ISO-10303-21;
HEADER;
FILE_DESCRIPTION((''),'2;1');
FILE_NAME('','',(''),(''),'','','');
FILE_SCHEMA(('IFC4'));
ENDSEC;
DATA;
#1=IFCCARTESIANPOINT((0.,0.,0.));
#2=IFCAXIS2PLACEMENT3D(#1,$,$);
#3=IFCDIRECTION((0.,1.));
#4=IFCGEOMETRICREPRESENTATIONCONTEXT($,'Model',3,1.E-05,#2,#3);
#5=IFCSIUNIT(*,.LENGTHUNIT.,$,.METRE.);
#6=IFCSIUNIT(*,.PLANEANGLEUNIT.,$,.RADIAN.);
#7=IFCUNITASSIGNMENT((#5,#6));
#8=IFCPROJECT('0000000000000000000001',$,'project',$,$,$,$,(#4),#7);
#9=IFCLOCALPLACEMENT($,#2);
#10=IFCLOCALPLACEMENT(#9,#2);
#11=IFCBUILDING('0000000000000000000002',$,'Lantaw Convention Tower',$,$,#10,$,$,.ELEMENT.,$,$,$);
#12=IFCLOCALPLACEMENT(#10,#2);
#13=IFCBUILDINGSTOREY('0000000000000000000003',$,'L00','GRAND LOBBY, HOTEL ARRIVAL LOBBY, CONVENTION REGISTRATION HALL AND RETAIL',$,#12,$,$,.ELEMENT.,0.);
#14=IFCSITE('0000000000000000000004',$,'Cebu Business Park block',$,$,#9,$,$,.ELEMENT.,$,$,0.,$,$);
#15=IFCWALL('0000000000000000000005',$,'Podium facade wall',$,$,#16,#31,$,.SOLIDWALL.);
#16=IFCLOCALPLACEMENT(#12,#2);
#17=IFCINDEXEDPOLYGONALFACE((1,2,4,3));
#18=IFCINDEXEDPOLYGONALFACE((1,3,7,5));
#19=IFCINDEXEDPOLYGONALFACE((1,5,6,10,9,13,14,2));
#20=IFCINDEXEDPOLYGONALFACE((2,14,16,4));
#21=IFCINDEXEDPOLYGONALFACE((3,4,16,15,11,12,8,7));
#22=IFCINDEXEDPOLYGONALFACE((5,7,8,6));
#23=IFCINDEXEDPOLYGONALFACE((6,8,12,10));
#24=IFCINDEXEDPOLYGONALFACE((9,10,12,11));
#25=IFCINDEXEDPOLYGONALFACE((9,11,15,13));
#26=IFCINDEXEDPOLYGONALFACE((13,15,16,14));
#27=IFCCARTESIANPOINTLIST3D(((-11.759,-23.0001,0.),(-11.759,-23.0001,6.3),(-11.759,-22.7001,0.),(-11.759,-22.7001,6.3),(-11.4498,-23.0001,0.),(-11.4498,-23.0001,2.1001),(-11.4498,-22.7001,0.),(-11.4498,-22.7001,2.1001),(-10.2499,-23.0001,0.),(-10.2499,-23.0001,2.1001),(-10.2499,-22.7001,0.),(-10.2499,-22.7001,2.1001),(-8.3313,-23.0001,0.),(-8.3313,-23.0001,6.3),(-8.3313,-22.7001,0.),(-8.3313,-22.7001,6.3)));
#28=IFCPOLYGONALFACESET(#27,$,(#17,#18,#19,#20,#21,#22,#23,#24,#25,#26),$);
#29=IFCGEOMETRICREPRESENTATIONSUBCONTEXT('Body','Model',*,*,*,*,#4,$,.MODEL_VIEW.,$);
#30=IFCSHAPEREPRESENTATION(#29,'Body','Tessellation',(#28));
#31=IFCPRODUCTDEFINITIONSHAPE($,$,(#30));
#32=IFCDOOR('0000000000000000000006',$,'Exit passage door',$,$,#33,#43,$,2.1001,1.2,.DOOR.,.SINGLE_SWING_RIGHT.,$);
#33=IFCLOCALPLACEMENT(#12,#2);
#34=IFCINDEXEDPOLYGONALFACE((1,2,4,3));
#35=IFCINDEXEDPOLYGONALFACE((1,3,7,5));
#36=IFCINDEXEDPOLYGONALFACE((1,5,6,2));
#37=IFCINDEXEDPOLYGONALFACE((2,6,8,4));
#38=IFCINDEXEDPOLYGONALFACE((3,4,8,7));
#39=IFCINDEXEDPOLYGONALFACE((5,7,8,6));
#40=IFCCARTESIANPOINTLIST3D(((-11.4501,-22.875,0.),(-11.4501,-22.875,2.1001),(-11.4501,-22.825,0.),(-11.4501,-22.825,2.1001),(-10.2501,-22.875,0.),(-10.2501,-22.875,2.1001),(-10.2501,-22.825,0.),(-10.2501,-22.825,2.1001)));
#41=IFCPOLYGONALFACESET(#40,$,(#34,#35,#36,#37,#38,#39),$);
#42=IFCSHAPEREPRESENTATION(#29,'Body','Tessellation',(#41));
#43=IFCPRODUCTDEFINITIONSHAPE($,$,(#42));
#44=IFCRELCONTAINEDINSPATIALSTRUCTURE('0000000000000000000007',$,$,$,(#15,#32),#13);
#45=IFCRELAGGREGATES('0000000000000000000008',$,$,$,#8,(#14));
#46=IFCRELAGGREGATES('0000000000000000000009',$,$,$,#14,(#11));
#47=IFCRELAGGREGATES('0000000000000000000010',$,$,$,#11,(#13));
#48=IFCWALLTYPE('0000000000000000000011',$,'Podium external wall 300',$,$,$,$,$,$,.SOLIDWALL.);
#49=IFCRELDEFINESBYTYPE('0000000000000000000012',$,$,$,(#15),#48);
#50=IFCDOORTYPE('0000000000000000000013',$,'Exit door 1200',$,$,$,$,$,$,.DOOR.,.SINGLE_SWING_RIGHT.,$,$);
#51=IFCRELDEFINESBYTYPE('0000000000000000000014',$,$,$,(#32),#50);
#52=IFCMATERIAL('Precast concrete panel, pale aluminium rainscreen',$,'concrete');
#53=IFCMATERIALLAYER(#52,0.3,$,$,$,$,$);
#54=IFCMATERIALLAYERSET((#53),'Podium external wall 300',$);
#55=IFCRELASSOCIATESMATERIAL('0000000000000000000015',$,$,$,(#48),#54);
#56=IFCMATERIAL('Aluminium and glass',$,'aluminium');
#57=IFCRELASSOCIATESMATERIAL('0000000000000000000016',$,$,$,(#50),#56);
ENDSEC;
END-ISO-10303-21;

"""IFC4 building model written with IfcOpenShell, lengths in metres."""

from ifc_helpers import new_model, si_unit, direction, frame, frame_2d, origin, place, context, subcontext, project, spatial, rectangle, extrude, material, layer, layer_set, type_object, element, fill, save


model = new_model("IFC4")

# Units and contexts
model_context = context("Model", 3, precision=1e-05, world=origin(), true_north=direction((0.0, 1.0)))
body_context = subcontext(model_context, "Body", "Model", "MODEL_VIEW")
ifc_project = project(units=[si_unit("LENGTHUNIT", "METRE"), si_unit("PLANEANGLEUNIT", "RADIAN")], contexts=[model_context])

# Site, building, storey
site_placement = place(None, origin())
site = spatial("IfcSite", under=ifc_project, at=site_placement, Name="Cebu Business Park block", CompositionType="ELEMENT", RefElevation=0.0)
building_placement = place(site_placement, origin())
building = spatial("IfcBuilding", under=site, at=building_placement, Name="Lantaw Convention Tower", CompositionType="ELEMENT")
storey_placement = place(building_placement, origin())
storey = spatial("IfcBuildingStorey", under=building, at=storey_placement, Name="L00", Description="GRAND LOBBY, HOTEL ARRIVAL LOBBY, CONVENTION REGISTRATION HALL AND RETAIL", CompositionType="ELEMENT", Elevation=0.0)

# Wall, opening, door
ifc_material_1 = material(Name="Precast concrete panel, pale aluminium rainscreen", Category="concrete")
ifc_layer_1 = layer(ifc_material_1, 0.3)
ifc_layer_set_1 = layer_set([ifc_layer_1], Name="Podium external wall 300")
wall_type_1 = type_object("IfcWallType", Name="Podium external wall 300", PredefinedType="SOLIDWALL", material=ifc_layer_set_1)
wall_1_placement = place(storey_placement, frame((-11.759, -22.8501, 0.0), z_axis=(0.0, 0.0, 1.0), x_axis=(1.0, 0.0, 0.0)))
wall_1 = element("IfcWall", 1, at=wall_1_placement, inside=storey, type_object=wall_type_1, Name="Podium facade wall", PredefinedType="SOLIDWALL", context=body_context, shape_type="SweptSolid", body=[
    extrude(rectangle(XDim=3.4277, YDim=0.3, at=frame_2d((1.7139, 0.0))), origin(), (0.0, 0.0, 1.0), 6.3),
])
opening_placement = place(wall_1_placement, frame((0.3091, 0.0, 0.0)))
opening = element("IfcOpeningElement", 2, at=opening_placement, cuts=wall_1, PredefinedType="OPENING", context=body_context, shape_type="SweptSolid", body=[
    extrude(rectangle(XDim=1.2, YDim=2.1001, at=frame_2d((0.6001, 1.05))), frame((0.0, 0.1599, 0.0), z_axis=(0.0, -1.0, 0.0), x_axis=(1.0, 0.0, 0.0)), (0.0, 0.0, 1.0), 0.3201),
])
ifc_material_2 = material(Name="Aluminium and glass", Category="aluminium")
door_type = type_object("IfcDoorType", Name="Exit door 1200", OperationType="SINGLE_SWING_RIGHT", PredefinedType="DOOR", material=ifc_material_2)
door_placement = place(opening_placement, frame((1.2, 0.0, 0.0), z_axis=(0.0, 0.0, 1.0), x_axis=(-1.0, 0.0, 0.0)))
door = element("IfcDoor", 3, at=door_placement, inside=storey, type_object=door_type, Name="Exit passage door", OperationType="SINGLE_SWING_RIGHT", OverallHeight=2.1001, OverallWidth=1.2, PredefinedType="DOOR", context=body_context, shape_type="SweptSolid", body=[
    extrude(rectangle(XDim=1.2, YDim=2.1001, at=frame_2d((0.6001, 1.05))), frame((0.0, 0.0249, 0.0), z_axis=(0.0, -1.0, 0.0), x_axis=(1.0, 0.0, 0.0)), (0.0, 0.0, 1.0), 0.05),
])
fill(opening, door)

save(model, "model.ifc")
